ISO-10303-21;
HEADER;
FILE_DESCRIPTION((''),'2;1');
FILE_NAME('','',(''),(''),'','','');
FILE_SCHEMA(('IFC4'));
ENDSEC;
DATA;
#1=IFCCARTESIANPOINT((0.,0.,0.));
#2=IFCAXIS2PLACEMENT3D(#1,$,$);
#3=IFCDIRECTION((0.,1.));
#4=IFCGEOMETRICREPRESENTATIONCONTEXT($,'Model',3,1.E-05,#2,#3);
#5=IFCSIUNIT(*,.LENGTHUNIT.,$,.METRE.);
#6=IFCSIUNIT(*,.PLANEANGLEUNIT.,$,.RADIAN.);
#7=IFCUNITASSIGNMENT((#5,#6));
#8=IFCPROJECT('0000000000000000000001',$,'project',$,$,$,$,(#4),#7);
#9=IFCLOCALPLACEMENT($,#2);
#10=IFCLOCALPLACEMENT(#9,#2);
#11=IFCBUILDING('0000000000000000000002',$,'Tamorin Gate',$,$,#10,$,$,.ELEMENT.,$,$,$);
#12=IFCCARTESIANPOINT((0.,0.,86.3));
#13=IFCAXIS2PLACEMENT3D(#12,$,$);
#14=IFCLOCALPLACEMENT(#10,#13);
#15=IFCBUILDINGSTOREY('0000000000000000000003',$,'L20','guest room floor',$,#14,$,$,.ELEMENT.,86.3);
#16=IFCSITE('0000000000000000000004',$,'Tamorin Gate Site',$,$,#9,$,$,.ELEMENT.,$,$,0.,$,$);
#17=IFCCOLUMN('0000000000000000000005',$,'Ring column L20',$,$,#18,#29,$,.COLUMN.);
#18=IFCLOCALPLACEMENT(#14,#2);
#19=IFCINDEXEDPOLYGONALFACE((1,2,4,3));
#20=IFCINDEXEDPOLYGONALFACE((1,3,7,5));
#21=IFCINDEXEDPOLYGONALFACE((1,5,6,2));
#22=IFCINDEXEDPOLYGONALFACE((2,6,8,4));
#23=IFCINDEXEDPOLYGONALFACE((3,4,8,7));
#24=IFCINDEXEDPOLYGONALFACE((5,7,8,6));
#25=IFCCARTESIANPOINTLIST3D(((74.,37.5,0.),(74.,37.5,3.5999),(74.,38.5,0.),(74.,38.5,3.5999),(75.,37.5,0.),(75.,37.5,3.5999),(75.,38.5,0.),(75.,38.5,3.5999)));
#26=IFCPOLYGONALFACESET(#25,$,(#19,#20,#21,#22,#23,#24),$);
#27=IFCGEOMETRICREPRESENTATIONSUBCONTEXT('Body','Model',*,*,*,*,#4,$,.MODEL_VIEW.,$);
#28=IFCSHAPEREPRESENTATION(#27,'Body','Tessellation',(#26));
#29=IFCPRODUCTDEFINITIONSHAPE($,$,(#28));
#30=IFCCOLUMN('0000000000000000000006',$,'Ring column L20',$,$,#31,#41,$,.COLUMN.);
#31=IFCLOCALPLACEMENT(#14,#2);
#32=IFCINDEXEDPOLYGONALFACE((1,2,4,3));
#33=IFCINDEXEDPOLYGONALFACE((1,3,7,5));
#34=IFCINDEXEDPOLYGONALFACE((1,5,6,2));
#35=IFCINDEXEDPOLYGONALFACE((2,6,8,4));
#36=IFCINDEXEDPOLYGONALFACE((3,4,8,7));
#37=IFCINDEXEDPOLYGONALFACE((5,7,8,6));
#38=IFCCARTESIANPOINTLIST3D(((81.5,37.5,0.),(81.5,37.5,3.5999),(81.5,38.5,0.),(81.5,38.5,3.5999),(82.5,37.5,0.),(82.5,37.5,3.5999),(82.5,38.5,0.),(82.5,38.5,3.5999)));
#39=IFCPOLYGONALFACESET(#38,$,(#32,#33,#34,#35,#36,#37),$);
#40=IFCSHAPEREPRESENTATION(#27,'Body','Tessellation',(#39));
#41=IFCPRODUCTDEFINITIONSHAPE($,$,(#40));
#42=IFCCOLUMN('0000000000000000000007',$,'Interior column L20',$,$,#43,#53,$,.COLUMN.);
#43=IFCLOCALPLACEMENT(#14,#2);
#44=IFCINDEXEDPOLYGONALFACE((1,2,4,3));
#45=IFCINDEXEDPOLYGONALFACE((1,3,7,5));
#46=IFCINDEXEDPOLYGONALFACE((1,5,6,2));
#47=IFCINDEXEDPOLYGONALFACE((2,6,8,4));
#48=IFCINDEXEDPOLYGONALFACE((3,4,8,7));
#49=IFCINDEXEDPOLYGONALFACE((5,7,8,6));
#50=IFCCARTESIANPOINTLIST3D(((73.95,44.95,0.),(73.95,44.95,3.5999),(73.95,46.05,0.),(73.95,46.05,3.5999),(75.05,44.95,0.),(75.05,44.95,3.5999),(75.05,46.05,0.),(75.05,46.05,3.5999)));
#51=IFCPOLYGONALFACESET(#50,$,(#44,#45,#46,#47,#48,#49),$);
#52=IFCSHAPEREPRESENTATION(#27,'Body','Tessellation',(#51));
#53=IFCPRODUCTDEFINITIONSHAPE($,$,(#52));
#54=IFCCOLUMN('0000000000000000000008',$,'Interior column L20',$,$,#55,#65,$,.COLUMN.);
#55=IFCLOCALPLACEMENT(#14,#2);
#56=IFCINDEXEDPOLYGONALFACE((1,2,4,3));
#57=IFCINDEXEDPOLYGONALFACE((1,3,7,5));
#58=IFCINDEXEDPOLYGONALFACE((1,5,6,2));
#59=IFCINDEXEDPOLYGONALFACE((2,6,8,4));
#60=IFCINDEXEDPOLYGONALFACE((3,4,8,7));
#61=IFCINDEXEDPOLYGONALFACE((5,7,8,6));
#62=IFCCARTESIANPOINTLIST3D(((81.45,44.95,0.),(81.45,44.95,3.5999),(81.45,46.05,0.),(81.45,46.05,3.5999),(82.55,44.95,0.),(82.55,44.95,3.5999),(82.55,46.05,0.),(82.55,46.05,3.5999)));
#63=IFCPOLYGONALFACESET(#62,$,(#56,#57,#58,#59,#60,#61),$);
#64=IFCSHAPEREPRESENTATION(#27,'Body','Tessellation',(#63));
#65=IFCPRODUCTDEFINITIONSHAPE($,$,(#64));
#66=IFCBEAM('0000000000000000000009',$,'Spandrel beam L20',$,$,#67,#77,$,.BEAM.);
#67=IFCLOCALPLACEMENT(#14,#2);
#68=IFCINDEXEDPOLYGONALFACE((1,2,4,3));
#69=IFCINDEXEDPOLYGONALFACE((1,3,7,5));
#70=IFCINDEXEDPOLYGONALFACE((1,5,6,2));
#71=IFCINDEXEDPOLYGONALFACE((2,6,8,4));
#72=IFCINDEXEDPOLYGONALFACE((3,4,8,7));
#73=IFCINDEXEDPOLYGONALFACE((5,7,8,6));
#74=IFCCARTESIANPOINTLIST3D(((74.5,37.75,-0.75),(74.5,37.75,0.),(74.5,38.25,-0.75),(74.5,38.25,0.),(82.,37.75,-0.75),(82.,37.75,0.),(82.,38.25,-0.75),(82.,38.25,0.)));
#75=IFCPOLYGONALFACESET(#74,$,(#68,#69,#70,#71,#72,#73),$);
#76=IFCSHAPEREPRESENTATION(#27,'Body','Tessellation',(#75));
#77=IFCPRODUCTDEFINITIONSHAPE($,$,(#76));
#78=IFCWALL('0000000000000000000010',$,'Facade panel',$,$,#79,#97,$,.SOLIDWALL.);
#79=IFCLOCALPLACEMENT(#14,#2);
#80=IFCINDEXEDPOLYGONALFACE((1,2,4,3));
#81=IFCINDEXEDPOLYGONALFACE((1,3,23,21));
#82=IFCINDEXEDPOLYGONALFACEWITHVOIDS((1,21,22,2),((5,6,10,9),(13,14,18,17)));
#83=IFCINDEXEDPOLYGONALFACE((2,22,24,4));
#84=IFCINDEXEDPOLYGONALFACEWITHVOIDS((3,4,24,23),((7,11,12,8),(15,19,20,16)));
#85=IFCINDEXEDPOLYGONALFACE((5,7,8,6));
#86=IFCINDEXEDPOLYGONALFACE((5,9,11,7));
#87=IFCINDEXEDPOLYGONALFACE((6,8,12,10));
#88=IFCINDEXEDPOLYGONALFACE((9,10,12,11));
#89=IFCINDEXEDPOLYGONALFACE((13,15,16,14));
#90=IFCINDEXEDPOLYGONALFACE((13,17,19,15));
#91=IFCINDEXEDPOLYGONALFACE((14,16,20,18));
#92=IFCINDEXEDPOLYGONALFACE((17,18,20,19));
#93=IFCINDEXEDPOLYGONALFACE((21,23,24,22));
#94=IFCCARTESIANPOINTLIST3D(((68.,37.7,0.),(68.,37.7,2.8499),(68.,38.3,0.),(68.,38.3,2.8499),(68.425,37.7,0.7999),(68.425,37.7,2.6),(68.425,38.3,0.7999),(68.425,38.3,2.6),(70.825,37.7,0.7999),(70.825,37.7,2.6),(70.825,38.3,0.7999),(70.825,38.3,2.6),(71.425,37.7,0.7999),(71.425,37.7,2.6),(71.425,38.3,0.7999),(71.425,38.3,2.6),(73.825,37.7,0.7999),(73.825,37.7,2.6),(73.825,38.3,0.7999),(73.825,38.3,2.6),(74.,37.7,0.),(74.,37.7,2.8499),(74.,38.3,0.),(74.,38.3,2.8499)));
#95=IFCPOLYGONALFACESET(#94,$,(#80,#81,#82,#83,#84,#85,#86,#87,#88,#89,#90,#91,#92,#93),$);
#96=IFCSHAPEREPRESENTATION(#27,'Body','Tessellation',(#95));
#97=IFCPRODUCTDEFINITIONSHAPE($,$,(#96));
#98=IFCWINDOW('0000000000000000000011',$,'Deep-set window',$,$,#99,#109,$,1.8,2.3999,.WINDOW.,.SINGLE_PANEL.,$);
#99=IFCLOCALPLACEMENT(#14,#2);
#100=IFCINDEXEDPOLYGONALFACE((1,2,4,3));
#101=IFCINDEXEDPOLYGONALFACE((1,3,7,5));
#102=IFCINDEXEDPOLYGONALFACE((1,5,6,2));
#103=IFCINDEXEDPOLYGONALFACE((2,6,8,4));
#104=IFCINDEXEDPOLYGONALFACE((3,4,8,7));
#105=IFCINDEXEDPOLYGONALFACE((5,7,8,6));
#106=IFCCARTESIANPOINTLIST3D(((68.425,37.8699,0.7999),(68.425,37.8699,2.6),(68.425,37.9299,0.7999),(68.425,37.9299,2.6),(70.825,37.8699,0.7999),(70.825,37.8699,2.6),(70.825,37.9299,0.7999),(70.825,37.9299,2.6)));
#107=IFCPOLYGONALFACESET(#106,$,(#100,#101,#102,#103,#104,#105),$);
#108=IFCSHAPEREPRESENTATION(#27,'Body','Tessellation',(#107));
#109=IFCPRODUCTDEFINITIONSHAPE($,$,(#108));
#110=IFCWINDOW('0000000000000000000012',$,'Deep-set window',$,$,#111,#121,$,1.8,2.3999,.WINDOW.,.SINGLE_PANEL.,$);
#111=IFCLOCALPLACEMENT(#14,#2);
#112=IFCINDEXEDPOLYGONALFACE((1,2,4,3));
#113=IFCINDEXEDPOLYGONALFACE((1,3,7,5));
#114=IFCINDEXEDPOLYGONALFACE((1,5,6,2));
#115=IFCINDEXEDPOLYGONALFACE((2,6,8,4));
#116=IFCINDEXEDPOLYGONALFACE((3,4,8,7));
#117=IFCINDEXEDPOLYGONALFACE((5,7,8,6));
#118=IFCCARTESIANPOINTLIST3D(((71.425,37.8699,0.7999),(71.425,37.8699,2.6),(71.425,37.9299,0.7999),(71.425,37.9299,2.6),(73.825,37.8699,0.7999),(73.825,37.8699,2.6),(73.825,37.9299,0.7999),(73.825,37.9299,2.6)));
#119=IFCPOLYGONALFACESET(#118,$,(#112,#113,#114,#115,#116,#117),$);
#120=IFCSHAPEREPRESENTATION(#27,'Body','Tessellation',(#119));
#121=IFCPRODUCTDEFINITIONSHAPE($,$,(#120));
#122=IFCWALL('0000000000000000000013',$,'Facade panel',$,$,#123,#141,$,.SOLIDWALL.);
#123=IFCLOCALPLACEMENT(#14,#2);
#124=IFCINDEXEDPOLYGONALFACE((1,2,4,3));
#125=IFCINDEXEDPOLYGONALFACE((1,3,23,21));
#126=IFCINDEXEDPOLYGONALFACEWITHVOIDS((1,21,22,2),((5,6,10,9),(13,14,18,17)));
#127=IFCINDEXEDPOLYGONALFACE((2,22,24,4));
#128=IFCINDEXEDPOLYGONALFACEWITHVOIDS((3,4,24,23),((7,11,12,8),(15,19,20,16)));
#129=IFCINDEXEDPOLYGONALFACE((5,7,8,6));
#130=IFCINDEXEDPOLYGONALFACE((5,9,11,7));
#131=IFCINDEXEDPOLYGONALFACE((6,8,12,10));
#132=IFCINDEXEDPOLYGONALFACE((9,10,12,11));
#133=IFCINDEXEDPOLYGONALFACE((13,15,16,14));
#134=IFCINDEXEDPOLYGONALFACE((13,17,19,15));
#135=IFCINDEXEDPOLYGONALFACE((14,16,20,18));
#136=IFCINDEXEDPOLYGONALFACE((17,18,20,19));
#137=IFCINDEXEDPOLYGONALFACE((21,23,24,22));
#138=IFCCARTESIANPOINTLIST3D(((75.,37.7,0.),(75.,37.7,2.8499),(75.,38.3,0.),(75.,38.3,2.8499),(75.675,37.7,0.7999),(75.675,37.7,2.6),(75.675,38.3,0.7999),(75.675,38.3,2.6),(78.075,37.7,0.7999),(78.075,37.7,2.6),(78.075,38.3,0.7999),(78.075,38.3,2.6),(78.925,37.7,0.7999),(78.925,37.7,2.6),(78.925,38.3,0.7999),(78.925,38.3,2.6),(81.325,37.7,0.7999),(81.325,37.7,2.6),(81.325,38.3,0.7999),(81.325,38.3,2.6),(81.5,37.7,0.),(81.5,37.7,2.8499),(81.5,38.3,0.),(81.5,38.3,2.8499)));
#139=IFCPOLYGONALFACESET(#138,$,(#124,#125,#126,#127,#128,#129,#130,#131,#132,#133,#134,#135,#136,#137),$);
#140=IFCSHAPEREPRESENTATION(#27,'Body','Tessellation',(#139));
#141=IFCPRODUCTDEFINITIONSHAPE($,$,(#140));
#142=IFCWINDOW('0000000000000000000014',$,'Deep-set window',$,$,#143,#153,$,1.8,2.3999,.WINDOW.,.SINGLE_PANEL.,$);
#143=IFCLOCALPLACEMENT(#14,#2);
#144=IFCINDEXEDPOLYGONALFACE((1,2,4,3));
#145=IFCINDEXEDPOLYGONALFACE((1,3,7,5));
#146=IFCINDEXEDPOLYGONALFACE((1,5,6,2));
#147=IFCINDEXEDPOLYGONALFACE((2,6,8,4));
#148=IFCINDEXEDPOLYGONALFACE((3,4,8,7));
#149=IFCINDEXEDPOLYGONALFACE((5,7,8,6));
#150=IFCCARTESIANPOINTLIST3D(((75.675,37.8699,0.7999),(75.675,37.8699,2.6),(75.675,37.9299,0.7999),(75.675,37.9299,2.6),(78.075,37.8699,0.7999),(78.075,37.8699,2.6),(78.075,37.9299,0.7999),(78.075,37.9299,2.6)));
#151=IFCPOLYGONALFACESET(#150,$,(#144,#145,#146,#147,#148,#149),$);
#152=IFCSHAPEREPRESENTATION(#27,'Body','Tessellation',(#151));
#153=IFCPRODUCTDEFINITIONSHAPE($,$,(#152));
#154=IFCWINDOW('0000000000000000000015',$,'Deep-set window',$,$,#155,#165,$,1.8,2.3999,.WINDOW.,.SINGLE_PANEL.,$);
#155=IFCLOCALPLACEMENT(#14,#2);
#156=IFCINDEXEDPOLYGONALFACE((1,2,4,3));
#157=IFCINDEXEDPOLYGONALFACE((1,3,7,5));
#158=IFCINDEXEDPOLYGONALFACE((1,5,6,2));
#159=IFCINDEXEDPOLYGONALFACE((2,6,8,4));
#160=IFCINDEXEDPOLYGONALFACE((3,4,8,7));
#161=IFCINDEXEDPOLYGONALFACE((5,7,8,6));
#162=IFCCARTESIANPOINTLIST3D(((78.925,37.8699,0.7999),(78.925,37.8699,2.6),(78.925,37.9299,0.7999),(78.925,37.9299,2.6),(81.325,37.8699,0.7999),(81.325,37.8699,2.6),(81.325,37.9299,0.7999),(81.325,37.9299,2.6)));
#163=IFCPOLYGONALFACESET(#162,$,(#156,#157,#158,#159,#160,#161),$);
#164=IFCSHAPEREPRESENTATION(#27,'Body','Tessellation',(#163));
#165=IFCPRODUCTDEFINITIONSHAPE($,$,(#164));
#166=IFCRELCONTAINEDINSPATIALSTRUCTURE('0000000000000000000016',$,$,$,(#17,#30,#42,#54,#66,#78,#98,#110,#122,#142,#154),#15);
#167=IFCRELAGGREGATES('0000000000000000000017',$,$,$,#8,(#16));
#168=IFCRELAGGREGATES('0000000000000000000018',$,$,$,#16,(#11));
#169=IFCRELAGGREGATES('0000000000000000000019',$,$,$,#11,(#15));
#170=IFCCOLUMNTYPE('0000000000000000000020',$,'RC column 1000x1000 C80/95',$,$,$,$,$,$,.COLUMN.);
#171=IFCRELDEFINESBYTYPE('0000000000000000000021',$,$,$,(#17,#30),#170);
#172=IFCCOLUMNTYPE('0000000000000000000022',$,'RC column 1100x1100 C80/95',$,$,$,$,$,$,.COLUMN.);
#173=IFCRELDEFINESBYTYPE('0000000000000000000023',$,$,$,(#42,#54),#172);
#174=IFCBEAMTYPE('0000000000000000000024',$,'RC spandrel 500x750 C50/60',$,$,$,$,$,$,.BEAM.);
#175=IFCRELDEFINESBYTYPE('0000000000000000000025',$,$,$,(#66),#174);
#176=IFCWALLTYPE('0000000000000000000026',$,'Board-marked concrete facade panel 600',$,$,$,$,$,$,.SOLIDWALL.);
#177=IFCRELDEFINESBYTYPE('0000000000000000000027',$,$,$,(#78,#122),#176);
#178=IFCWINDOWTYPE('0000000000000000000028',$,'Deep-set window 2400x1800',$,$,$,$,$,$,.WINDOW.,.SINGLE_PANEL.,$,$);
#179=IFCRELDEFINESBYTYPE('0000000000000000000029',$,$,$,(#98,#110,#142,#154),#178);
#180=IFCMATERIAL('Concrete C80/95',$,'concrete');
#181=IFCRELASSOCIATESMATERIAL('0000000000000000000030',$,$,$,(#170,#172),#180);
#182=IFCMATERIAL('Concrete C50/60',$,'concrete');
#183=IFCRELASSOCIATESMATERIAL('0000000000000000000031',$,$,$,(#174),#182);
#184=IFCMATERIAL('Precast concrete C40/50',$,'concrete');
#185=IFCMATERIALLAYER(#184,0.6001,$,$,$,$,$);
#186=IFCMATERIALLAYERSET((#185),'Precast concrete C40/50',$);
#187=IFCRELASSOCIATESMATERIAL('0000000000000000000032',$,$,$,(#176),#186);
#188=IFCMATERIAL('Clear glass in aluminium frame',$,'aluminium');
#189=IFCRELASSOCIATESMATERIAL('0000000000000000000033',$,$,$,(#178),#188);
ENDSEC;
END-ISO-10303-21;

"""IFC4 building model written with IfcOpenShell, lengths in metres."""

from ifc_helpers import new_model, si_unit, direction, frame, frame_2d, origin, origin_2d, place, context, subcontext, project, spatial, rectangle, extrude, material, layer, layer_set, material_profile, profile_set, type_object, element, fill, save


model = new_model("IFC4")

# Units and contexts
model_context = context("Model", 3, precision=1e-05, world=origin(), true_north=direction((0.0, 1.0)))
body_context = subcontext(model_context, "Body", "Model", "MODEL_VIEW")
ifc_project = project(units=[si_unit("LENGTHUNIT", "METRE"), si_unit("PLANEANGLEUNIT", "RADIAN")], contexts=[model_context])

# Site, building, storey
site_placement = place(None, origin())
site = spatial("IfcSite", under=ifc_project, at=site_placement, Name="Tamorin Gate Site", CompositionType="ELEMENT", RefElevation=0.0)
building_placement = place(site_placement, origin())
building = spatial("IfcBuilding", under=site, at=building_placement, Name="Tamorin Gate", CompositionType="ELEMENT")
storey_placement = place(building_placement, frame((0.0, 0.0, 86.3)))
storey = spatial("IfcBuildingStorey", under=building, at=storey_placement, Name="L20", Description="guest room floor", CompositionType="ELEMENT", Elevation=86.3)

# Columns
ifc_material_1 = material(Name="Concrete C80/95", Category="concrete")
ifc_material_profile_1 = material_profile(ifc_material_1, rectangle(XDim=1.0, YDim=1.0, at=origin_2d()), Name="RC 1000x1000")
ifc_profile_set_1 = profile_set([ifc_material_profile_1], Name="Concrete C80/95")
column_type_1 = type_object("IfcColumnType", Name="RC column 1000x1000 C80/95", PredefinedType="COLUMN", material=ifc_profile_set_1)
for number, where, z_axis, x_axis, name in (
    (1, (74.5, 38.0, 0.0), (0.0, 0.0, 1.0), (1.0, 0.0, 0.0), "Ring column L20"),
    (2, (82.0, 38.0, 0.0), (0.0, 0.0, 1.0), (1.0, 0.0, 0.0), "Ring column L20"),
):
    element("IfcColumn", number, at=place(storey_placement, frame(where, z_axis=z_axis, x_axis=x_axis)), inside=storey, type_object=column_type_1, Name=name, PredefinedType="COLUMN", context=body_context, shape_type="SweptSolid", body=[
        extrude(rectangle(XDim=1.0, YDim=1.0, at=origin_2d()), origin(), (0.0, 0.0, 1.0), 3.5999),
    ])
ifc_material_profile_2 = material_profile(ifc_material_1, rectangle(XDim=1.1001, YDim=1.1001, at=origin_2d()), Name="RC 1100x1100")
ifc_profile_set_2 = profile_set([ifc_material_profile_2], Name="Concrete C80/95")
column_type_2 = type_object("IfcColumnType", Name="RC column 1100x1100 C80/95", PredefinedType="COLUMN", material=ifc_profile_set_2)
for number, where, z_axis, x_axis, name in (
    (3, (74.5, 45.5, 0.0), (0.0, 0.0, 1.0), (1.0, 0.0, 0.0), "Interior column L20"),
    (4, (82.0, 45.5, 0.0), (0.0, 0.0, 1.0), (1.0, 0.0, 0.0), "Interior column L20"),
):
    element("IfcColumn", number, at=place(storey_placement, frame(where, z_axis=z_axis, x_axis=x_axis)), inside=storey, type_object=column_type_2, Name=name, PredefinedType="COLUMN", context=body_context, shape_type="SweptSolid", body=[
        extrude(rectangle(XDim=1.1001, YDim=1.1001, at=origin_2d()), origin(), (0.0, 0.0, 1.0), 3.5999),
    ])

# Beam
ifc_material_2 = material(Name="Concrete C50/60", Category="concrete")
ifc_material_profile_3 = material_profile(ifc_material_2, rectangle(XDim=0.5, YDim=0.75, at=origin_2d()), Name="RC 500x750")
ifc_profile_set_3 = profile_set([ifc_material_profile_3], Name="Concrete C50/60")
beam_type = type_object("IfcBeamType", Name="RC spandrel 500x750 C50/60", PredefinedType="BEAM", material=ifc_profile_set_3)
beam_placement = place(storey_placement, frame((74.5, 38.0, -0.375), z_axis=(1.0, 0.0, 0.0), x_axis=(0.0, 1.0, 0.0)))
element("IfcBeam", 5, at=beam_placement, inside=storey, type_object=beam_type, Name="Spandrel beam L20", PredefinedType="BEAM", context=body_context, shape_type="SweptSolid", body=[
    extrude(rectangle(XDim=0.5, YDim=0.75, at=origin_2d()), origin(), (0.0, 0.0, 1.0), 7.5),
])

# Walls, openings, windows
ifc_material_3 = material(Name="Precast concrete C40/50", Category="concrete")
ifc_layer_1 = layer(ifc_material_3, 0.6001)
ifc_layer_set_1 = layer_set([ifc_layer_1], Name="Precast concrete C40/50")
wall_type_1 = type_object("IfcWallType", Name="Board-marked concrete facade panel 600", PredefinedType="SOLIDWALL", material=ifc_layer_set_1)
wall_1_placement = place(storey_placement, frame((68.0, 38.0, 0.0), z_axis=(0.0, 0.0, 1.0), x_axis=(1.0, 0.0, 0.0)))
wall_1 = element("IfcWall", 6, at=wall_1_placement, inside=storey, type_object=wall_type_1, Name="Facade panel", PredefinedType="SOLIDWALL", context=body_context, shape_type="SweptSolid", body=[
    extrude(rectangle(XDim=6.0, YDim=0.6001, at=frame_2d((3.0, 0.0))), origin(), (0.0, 0.0, 1.0), 2.8499),
])
opening_1_placement = place(wall_1_placement, frame((0.425, 0.0, 0.8)))
opening_1 = element("IfcOpeningElement", 7, at=opening_1_placement, cuts=wall_1, PredefinedType="OPENING", context=body_context, shape_type="SweptSolid", body=[
    extrude(rectangle(XDim=2.3999, YDim=1.8, at=frame_2d((1.2, 0.8999))), frame((0.0, 0.3101, 0.0), z_axis=(0.0, -1.0, 0.0), x_axis=(1.0, 0.0, 0.0)), (0.0, 0.0, 1.0), 0.6201),
])
opening_2_placement = place(wall_1_placement, frame((3.425, 0.0, 0.8)))
opening_2 = element("IfcOpeningElement", 8, at=opening_2_placement, cuts=wall_1, PredefinedType="OPENING", context=body_context, shape_type="SweptSolid", body=[
    extrude(rectangle(XDim=2.3999, YDim=1.8, at=frame_2d((1.2, 0.8999))), frame((0.0, 0.3101, 0.0), z_axis=(0.0, -1.0, 0.0), x_axis=(1.0, 0.0, 0.0)), (0.0, 0.0, 1.0), 0.6201),
])
ifc_material_4 = material(Name="Clear glass in aluminium frame", Category="aluminium")
window_type = type_object("IfcWindowType", Name="Deep-set window 2400x1800", PartitioningType="SINGLE_PANEL", PredefinedType="WINDOW", material=ifc_material_4)
window_1_placement = place(opening_1_placement, origin())
window_1 = element("IfcWindow", 9, at=window_1_placement, inside=storey, type_object=window_type, Name="Deep-set window", OverallHeight=1.8, OverallWidth=2.3999, PartitioningType="SINGLE_PANEL", PredefinedType="WINDOW", context=body_context, shape_type="SweptSolid", body=[
    extrude(rectangle(XDim=2.3999, YDim=1.8, at=frame_2d((1.2, 0.8999))), frame((0.0, -0.0701, 0.0), z_axis=(0.0, -1.0, 0.0), x_axis=(1.0, 0.0, 0.0)), (0.0, 0.0, 1.0), 0.0601),
])
fill(opening_1, window_1)
window_2_placement = place(opening_2_placement, origin())
window_2 = element("IfcWindow", 10, at=window_2_placement, inside=storey, type_object=window_type, Name="Deep-set window", OverallHeight=1.8, OverallWidth=2.3999, PartitioningType="SINGLE_PANEL", PredefinedType="WINDOW", context=body_context, shape_type="SweptSolid", body=[
    extrude(rectangle(XDim=2.3999, YDim=1.8, at=frame_2d((1.2, 0.8999))), frame((0.0, -0.0701, 0.0), z_axis=(0.0, -1.0, 0.0), x_axis=(1.0, 0.0, 0.0)), (0.0, 0.0, 1.0), 0.0601),
])
fill(opening_2, window_2)
wall_2_placement = place(storey_placement, frame((75.0, 38.0, 0.0), z_axis=(0.0, 0.0, 1.0), x_axis=(1.0, 0.0, 0.0)))
wall_2 = element("IfcWall", 11, at=wall_2_placement, inside=storey, type_object=wall_type_1, Name="Facade panel", PredefinedType="SOLIDWALL", context=body_context, shape_type="SweptSolid", body=[
    extrude(rectangle(XDim=6.5, YDim=0.6001, at=frame_2d((3.25, 0.0))), origin(), (0.0, 0.0, 1.0), 2.8499),
])
opening_3_placement = place(wall_2_placement, frame((0.675, 0.0, 0.8)))
opening_3 = element("IfcOpeningElement", 12, at=opening_3_placement, cuts=wall_2, PredefinedType="OPENING", context=body_context, shape_type="SweptSolid", body=[
    extrude(rectangle(XDim=2.3999, YDim=1.8, at=frame_2d((1.2, 0.8999))), frame((0.0, 0.3101, 0.0), z_axis=(0.0, -1.0, 0.0), x_axis=(1.0, 0.0, 0.0)), (0.0, 0.0, 1.0), 0.6201),
])
opening_4_placement = place(wall_2_placement, frame((3.925, 0.0, 0.8)))
opening_4 = element("IfcOpeningElement", 13, at=opening_4_placement, cuts=wall_2, PredefinedType="OPENING", context=body_context, shape_type="SweptSolid", body=[
    extrude(rectangle(XDim=2.3999, YDim=1.8, at=frame_2d((1.2, 0.8999))), frame((0.0, 0.3101, 0.0), z_axis=(0.0, -1.0, 0.0), x_axis=(1.0, 0.0, 0.0)), (0.0, 0.0, 1.0), 0.6201),
])
window_3_placement = place(opening_3_placement, origin())
window_3 = element("IfcWindow", 14, at=window_3_placement, inside=storey, type_object=window_type, Name="Deep-set window", OverallHeight=1.8, OverallWidth=2.3999, PartitioningType="SINGLE_PANEL", PredefinedType="WINDOW", context=body_context, shape_type="SweptSolid", body=[
    extrude(rectangle(XDim=2.3999, YDim=1.8, at=frame_2d((1.2, 0.8999))), frame((0.0, -0.0701, 0.0), z_axis=(0.0, -1.0, 0.0), x_axis=(1.0, 0.0, 0.0)), (0.0, 0.0, 1.0), 0.0601),
])
fill(opening_3, window_3)
window_4_placement = place(opening_4_placement, origin())
window_4 = element("IfcWindow", 15, at=window_4_placement, inside=storey, type_object=window_type, Name="Deep-set window", OverallHeight=1.8, OverallWidth=2.3999, PartitioningType="SINGLE_PANEL", PredefinedType="WINDOW", context=body_context, shape_type="SweptSolid", body=[
    extrude(rectangle(XDim=2.3999, YDim=1.8, at=frame_2d((1.2, 0.8999))), frame((0.0, -0.0701, 0.0), z_axis=(0.0, -1.0, 0.0), x_axis=(1.0, 0.0, 0.0)), (0.0, 0.0, 1.0), 0.0601),
])
fill(opening_4, window_4)

save(model, "model.ifc")
